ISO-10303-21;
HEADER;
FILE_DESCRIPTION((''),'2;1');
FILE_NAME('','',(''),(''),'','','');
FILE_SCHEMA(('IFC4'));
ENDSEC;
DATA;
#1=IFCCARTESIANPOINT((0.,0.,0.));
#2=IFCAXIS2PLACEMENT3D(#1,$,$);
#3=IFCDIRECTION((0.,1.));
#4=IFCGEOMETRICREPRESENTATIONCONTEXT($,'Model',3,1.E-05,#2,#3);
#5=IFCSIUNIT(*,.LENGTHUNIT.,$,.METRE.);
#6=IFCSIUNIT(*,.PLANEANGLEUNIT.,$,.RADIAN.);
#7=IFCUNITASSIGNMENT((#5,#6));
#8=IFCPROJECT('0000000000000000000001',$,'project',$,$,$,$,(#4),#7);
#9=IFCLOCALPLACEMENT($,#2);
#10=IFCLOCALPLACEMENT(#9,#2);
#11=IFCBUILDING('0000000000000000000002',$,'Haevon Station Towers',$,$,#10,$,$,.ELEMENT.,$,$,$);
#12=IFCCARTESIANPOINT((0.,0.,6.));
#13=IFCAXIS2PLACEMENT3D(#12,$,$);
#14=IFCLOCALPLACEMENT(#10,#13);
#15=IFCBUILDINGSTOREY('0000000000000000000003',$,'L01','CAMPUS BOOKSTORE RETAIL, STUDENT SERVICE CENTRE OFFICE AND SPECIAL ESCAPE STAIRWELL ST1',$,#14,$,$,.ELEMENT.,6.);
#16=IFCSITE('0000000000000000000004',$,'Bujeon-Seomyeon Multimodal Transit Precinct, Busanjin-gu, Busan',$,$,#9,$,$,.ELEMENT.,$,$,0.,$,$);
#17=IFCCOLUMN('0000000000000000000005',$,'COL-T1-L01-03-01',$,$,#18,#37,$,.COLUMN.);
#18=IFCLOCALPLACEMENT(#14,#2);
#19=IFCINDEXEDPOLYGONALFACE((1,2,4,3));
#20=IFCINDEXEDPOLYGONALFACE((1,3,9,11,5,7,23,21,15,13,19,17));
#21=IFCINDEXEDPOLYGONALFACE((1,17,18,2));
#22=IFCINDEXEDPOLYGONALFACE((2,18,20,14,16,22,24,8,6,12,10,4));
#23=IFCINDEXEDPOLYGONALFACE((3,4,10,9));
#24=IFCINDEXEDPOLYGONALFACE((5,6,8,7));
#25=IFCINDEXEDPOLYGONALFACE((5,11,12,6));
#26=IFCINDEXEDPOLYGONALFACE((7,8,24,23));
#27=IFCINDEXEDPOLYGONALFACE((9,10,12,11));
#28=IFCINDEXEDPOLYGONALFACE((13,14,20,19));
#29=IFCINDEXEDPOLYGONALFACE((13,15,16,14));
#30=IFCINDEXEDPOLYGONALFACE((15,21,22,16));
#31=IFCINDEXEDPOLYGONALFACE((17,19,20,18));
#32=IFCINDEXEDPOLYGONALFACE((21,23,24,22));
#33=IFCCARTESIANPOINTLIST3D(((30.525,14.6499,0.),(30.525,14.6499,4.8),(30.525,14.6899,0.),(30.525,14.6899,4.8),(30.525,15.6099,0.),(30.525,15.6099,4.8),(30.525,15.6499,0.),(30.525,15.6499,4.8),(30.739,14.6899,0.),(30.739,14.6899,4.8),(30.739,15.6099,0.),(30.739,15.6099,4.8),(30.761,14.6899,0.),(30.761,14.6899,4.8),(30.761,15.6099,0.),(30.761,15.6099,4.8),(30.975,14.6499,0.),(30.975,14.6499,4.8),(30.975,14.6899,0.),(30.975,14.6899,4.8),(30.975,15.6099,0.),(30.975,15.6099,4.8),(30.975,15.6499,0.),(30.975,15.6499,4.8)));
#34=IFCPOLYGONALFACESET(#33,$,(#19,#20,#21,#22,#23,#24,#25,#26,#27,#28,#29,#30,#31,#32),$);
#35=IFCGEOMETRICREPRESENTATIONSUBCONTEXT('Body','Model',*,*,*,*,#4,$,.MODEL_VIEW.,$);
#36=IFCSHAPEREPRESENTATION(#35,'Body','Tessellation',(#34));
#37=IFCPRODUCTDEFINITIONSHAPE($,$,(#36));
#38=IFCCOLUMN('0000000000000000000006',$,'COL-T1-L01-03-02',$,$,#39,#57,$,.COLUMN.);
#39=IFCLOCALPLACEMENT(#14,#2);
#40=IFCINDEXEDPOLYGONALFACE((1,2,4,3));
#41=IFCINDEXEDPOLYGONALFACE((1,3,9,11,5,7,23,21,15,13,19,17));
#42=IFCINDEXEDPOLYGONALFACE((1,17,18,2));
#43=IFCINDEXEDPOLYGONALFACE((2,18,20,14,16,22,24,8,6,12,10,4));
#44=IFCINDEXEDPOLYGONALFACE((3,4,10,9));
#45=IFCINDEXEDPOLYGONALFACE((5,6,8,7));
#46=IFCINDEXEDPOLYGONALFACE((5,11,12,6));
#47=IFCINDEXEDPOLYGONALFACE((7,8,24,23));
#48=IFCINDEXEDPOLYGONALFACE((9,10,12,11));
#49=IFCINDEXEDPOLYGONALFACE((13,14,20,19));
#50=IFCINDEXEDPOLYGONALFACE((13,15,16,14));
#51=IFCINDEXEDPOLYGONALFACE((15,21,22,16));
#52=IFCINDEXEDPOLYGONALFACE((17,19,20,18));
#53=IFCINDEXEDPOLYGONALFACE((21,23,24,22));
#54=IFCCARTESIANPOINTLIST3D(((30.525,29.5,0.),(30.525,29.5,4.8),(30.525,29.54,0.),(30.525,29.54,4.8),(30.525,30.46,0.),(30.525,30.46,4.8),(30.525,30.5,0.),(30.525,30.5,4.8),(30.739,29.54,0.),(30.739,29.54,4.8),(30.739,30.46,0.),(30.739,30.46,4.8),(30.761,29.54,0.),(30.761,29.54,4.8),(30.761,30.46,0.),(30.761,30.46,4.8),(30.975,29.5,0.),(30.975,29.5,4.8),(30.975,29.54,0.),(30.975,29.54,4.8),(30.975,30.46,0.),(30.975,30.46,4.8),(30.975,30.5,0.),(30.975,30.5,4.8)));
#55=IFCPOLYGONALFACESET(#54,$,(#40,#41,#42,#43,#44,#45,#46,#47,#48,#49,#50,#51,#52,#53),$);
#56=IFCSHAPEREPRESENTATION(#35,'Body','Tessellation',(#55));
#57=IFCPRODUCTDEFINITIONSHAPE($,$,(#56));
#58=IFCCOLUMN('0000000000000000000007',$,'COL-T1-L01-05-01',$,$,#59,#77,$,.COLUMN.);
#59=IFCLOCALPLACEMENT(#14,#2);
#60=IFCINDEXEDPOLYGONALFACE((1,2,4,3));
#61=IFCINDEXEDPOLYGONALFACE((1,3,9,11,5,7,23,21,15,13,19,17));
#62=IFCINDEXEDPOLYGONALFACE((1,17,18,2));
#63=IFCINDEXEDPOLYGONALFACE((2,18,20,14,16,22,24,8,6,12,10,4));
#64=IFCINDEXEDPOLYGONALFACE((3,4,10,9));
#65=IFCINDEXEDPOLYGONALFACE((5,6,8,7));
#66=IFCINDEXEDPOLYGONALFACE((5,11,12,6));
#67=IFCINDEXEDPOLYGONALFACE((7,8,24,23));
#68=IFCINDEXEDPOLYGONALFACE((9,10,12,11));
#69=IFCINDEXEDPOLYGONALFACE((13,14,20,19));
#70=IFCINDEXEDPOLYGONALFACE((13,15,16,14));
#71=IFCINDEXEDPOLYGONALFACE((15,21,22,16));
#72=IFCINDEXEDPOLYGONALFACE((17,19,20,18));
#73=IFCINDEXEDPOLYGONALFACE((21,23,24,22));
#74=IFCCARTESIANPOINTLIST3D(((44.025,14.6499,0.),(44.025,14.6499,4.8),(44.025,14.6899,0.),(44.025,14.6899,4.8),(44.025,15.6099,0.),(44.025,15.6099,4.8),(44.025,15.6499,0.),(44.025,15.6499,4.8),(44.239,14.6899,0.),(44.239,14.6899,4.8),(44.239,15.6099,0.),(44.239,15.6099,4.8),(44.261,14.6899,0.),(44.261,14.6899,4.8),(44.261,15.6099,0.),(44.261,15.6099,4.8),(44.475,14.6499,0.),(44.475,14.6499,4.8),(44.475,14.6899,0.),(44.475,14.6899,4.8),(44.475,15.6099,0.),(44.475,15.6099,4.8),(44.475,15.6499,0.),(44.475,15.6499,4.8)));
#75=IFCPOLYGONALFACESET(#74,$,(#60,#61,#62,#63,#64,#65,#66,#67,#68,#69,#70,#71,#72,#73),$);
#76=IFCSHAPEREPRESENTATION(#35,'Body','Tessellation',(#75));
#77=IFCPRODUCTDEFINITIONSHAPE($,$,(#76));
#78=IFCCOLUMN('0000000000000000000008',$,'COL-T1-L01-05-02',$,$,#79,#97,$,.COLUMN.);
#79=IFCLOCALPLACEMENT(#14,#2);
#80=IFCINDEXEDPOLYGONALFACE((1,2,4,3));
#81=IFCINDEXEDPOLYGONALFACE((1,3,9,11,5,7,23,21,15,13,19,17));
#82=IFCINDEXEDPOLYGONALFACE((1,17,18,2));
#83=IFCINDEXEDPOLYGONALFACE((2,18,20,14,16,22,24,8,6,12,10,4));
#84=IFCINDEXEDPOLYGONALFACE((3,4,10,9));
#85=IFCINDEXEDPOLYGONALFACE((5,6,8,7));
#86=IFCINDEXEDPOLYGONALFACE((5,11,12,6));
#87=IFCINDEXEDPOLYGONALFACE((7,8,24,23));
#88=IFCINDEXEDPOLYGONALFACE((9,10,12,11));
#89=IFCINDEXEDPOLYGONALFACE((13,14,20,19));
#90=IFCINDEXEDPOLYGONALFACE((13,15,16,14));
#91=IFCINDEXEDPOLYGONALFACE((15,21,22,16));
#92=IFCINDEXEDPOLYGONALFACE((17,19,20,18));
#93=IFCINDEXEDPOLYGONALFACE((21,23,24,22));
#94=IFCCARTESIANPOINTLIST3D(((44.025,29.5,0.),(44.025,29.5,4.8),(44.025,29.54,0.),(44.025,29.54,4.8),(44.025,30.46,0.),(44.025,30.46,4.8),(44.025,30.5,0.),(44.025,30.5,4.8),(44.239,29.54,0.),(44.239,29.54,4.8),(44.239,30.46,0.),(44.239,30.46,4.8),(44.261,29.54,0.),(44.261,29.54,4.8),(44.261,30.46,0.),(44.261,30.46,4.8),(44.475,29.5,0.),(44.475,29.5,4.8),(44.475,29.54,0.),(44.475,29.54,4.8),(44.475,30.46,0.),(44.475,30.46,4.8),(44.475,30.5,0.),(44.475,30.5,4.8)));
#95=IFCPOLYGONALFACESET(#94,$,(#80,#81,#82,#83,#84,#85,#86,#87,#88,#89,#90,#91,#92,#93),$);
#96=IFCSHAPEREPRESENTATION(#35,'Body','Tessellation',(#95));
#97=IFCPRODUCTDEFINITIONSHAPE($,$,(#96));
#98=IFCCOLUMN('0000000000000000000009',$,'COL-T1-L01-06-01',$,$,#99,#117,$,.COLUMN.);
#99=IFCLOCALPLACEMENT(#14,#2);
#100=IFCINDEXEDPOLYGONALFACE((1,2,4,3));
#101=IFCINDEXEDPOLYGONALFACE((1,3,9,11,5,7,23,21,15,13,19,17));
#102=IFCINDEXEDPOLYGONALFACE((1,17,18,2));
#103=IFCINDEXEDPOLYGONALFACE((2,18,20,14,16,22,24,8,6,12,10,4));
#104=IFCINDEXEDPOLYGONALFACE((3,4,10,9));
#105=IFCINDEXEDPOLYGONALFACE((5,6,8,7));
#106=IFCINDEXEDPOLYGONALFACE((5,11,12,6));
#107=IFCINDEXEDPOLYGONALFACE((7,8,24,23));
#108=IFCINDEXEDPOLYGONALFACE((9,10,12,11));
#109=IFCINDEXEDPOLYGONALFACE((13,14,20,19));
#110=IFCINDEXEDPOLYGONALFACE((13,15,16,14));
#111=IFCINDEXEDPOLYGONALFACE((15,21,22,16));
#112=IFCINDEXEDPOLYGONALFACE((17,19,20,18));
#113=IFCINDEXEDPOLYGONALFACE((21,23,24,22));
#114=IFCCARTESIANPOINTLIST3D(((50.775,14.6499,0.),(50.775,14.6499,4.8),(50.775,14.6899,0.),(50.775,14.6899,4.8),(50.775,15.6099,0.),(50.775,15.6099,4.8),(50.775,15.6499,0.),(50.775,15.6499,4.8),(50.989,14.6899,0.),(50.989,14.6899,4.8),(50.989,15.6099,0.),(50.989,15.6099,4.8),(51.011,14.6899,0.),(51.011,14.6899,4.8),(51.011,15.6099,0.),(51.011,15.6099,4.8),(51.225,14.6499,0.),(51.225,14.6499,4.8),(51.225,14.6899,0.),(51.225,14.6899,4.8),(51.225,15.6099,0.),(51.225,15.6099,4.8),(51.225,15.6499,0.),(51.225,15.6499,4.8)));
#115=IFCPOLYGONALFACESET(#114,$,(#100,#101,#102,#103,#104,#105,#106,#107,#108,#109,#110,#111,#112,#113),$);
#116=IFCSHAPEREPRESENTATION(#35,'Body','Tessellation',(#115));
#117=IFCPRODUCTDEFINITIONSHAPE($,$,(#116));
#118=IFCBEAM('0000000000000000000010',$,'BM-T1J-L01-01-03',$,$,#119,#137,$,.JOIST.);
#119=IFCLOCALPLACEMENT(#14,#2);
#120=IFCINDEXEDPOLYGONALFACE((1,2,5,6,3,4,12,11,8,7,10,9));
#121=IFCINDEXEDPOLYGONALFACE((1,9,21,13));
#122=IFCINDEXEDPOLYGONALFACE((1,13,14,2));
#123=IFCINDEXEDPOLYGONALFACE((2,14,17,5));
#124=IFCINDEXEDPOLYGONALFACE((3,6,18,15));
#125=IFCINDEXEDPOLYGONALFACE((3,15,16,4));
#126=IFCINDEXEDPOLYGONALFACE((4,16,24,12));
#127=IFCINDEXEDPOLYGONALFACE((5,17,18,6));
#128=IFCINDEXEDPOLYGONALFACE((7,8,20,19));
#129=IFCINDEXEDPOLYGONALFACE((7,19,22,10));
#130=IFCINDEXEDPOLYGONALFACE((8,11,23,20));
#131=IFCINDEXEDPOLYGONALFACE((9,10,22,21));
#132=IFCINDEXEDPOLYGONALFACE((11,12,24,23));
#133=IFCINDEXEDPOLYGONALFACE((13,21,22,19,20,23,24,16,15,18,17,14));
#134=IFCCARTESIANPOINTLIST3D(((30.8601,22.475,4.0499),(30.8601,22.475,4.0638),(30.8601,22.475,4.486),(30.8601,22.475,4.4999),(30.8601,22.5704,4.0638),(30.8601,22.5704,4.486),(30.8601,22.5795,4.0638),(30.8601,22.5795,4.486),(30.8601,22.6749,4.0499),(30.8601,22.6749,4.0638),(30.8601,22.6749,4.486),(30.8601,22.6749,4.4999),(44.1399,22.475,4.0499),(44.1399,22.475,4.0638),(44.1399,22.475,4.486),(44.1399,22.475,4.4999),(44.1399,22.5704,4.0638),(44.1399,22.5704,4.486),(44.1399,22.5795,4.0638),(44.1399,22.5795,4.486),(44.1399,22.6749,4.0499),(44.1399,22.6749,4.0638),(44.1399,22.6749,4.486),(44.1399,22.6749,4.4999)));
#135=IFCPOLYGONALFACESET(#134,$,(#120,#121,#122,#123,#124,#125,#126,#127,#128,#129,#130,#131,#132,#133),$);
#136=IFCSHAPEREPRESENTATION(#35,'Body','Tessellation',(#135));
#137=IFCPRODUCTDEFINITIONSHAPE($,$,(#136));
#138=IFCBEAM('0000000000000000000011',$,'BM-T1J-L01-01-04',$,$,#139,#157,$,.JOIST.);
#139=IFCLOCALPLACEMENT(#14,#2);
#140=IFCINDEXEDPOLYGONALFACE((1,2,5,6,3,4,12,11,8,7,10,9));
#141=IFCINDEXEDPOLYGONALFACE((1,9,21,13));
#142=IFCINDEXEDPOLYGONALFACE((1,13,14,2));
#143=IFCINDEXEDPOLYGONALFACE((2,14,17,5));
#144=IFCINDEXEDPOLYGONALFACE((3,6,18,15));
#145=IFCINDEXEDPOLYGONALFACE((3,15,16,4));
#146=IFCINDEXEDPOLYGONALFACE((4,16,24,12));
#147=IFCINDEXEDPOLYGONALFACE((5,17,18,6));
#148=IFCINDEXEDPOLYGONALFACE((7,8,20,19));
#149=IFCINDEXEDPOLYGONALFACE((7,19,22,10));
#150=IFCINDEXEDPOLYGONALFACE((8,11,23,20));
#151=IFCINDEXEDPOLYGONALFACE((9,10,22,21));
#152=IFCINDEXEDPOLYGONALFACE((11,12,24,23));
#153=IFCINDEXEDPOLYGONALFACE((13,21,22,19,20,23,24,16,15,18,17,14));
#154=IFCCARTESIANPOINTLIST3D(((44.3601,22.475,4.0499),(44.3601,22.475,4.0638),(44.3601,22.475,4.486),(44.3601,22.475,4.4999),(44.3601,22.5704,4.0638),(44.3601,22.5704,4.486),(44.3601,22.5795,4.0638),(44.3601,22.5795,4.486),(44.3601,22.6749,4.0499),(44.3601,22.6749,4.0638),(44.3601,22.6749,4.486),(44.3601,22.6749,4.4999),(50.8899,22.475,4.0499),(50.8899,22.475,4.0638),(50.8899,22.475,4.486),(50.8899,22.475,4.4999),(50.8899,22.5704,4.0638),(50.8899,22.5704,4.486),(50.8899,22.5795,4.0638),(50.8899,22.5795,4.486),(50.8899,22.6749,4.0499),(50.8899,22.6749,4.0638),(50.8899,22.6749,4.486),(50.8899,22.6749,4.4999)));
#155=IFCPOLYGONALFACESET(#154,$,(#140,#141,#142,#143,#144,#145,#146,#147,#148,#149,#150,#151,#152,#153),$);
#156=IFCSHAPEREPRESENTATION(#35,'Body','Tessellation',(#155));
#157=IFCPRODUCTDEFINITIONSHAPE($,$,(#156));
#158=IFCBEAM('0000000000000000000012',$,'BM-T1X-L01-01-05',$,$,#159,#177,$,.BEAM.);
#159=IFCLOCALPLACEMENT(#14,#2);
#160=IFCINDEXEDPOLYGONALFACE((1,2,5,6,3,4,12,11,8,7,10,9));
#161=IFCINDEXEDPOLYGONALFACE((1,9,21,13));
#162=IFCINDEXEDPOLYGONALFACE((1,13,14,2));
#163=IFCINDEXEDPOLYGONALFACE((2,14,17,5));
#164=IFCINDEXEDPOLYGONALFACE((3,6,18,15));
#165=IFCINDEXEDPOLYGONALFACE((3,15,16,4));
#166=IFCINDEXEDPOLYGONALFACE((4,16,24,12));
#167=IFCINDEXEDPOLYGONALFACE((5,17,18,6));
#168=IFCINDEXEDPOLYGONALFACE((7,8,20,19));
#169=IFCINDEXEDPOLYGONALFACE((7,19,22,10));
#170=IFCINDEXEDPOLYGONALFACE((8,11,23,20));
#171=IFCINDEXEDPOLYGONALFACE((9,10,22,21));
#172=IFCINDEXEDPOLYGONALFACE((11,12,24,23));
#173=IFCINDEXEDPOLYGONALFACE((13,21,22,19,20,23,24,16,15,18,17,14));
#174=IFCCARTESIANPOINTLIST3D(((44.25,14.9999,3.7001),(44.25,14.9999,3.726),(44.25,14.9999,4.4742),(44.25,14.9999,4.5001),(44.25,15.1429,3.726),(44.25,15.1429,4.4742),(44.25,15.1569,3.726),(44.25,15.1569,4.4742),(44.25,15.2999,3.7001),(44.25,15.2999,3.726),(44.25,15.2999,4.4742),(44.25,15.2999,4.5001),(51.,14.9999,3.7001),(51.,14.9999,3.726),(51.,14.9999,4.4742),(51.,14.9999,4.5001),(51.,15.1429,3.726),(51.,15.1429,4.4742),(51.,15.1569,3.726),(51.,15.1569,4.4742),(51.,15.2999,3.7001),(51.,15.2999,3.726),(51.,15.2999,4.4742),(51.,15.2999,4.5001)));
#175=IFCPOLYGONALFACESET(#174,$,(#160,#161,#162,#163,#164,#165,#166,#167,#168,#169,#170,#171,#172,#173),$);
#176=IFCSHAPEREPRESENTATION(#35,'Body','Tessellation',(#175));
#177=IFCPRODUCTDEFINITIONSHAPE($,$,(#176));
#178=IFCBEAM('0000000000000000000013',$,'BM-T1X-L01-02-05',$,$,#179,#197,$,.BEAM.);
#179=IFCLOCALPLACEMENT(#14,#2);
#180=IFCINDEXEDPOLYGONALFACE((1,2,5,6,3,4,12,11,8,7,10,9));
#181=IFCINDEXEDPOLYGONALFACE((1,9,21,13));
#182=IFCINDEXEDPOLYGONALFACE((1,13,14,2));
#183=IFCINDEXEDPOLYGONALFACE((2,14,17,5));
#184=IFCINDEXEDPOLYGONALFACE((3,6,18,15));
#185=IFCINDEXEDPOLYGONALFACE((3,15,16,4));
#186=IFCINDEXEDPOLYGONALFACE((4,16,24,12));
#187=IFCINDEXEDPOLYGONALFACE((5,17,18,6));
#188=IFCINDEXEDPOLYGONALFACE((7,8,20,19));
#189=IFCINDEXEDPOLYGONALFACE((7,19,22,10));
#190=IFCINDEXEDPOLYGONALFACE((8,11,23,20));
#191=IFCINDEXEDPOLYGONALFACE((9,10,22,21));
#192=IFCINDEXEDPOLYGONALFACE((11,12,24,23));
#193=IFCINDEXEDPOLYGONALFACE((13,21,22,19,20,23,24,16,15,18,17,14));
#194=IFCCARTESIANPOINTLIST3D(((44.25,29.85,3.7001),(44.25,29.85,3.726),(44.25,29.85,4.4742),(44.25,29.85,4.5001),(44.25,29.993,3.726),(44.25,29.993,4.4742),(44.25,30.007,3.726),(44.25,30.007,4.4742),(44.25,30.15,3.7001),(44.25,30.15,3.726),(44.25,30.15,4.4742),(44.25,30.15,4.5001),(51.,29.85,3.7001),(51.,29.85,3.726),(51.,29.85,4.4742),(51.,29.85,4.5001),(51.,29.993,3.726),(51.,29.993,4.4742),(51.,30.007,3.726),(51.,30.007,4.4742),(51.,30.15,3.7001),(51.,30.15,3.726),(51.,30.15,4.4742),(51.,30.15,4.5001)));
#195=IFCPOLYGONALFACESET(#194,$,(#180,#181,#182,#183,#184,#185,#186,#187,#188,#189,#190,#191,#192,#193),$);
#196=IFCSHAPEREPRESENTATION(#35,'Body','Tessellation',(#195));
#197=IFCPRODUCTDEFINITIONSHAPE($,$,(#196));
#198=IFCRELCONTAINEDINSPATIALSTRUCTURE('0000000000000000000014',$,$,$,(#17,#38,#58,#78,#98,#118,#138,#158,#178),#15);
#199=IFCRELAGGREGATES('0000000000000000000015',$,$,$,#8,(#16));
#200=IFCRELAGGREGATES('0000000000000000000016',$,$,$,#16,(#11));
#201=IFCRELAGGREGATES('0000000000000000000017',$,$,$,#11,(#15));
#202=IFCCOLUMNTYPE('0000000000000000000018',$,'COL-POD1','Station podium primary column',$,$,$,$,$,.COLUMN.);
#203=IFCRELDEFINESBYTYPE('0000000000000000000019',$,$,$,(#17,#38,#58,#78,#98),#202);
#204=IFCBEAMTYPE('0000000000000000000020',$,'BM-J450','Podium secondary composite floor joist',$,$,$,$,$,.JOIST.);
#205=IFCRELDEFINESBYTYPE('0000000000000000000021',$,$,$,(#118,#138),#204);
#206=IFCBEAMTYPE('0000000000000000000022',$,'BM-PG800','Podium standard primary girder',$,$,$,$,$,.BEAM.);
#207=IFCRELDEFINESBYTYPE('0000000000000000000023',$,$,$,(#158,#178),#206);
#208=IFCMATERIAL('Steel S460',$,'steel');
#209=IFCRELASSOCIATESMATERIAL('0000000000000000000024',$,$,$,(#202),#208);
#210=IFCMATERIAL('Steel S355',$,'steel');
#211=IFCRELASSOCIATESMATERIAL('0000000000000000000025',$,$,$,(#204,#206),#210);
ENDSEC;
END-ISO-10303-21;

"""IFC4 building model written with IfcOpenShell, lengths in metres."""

from ifc_helpers import new_model, si_unit, direction, frame, origin, origin_2d, place, context, subcontext, project, spatial, i_section, extrude, material, material_profile, profile_set, type_object, element, save


model = new_model("IFC4")

# Units and contexts
model_context = context("Model", 3, precision=1e-05, world=origin(), true_north=direction((0.0, 1.0)))
body_context = subcontext(model_context, "Body", "Model", "MODEL_VIEW")
ifc_project = project(units=[si_unit("LENGTHUNIT", "METRE"), si_unit("PLANEANGLEUNIT", "RADIAN")], contexts=[model_context])

# Site, building, storey
site_placement = place(None, origin())
site = spatial("IfcSite", under=ifc_project, at=site_placement, Name="Bujeon-Seomyeon Multimodal Transit Precinct, Busanjin-gu, Busan", CompositionType="ELEMENT", RefElevation=0.0)
building_placement = place(site_placement, origin())
building = spatial("IfcBuilding", under=site, at=building_placement, Name="Haevon Station Towers", CompositionType="ELEMENT")
storey_placement = place(building_placement, frame((0.0, 0.0, 6.0)))
storey = spatial("IfcBuildingStorey", under=building, at=storey_placement, Name="L01", Description="CAMPUS BOOKSTORE RETAIL, STUDENT SERVICE CENTRE OFFICE AND SPECIAL ESCAPE STAIRWELL ST1", CompositionType="ELEMENT", Elevation=6.0)

# Columns
ifc_material_1 = material(Name="Steel S460", Category="steel")
ifc_material_profile_1 = material_profile(ifc_material_1, i_section(OverallWidth=0.45, OverallDepth=1.0, WebThickness=0.022, FlangeThickness=0.04, at=origin_2d()), Name="H-1000x450x22x40")
ifc_profile_set_1 = profile_set([ifc_material_profile_1], Name="Steel S460")
column_type = type_object("IfcColumnType", Name="COL-POD1", Description="Station podium primary column", PredefinedType="COLUMN", material=ifc_profile_set_1)
for number, where, z_axis, x_axis, name in (
    (1, (30.75, 15.1499, 0.0), (0.0, 0.0, 1.0), (1.0, 0.0, 0.0), "COL-T1-L01-03-01"),
    (2, (30.75, 30.0, 0.0), (0.0, 0.0, 1.0), (1.0, 0.0, 0.0), "COL-T1-L01-03-02"),
    (3, (44.25, 15.1499, 0.0), (0.0, 0.0, 1.0), (1.0, 0.0, 0.0), "COL-T1-L01-05-01"),
    (4, (44.25, 30.0, 0.0), (0.0, 0.0, 1.0), (1.0, 0.0, 0.0), "COL-T1-L01-05-02"),
    (5, (51.0, 15.1499, 0.0), (0.0, 0.0, 1.0), (1.0, 0.0, 0.0), "COL-T1-L01-06-01"),
):
    element("IfcColumn", number, at=place(storey_placement, frame(where, z_axis=z_axis, x_axis=x_axis)), inside=storey, type_object=column_type, Name=name, PredefinedType="COLUMN", context=body_context, shape_type="SweptSolid", body=[
        extrude(i_section(OverallWidth=0.45, OverallDepth=1.0, WebThickness=0.022, FlangeThickness=0.04, at=origin_2d()), origin(), (0.0, 0.0, 1.0), 4.8),
    ])

# Beams
ifc_material_2 = material(Name="Steel S355", Category="steel")
ifc_material_profile_2 = material_profile(ifc_material_2, i_section(OverallWidth=0.2, OverallDepth=0.45, WebThickness=0.009, FlangeThickness=0.0139, at=origin_2d()), Name="H-450x200x9x14")
ifc_profile_set_2 = profile_set([ifc_material_profile_2], Name="Steel S355")
beam_type_1 = type_object("IfcBeamType", Name="BM-J450", Description="Podium secondary composite floor joist", PredefinedType="JOIST", material=ifc_profile_set_2)
beam_1_placement = place(storey_placement, frame((30.8601, 22.575, 4.2749), z_axis=(1.0, 0.0, 0.0), x_axis=(0.0, 1.0, 0.0)))
element("IfcBeam", 6, at=beam_1_placement, inside=storey, type_object=beam_type_1, Name="BM-T1J-L01-01-03", PredefinedType="JOIST", context=body_context, shape_type="SweptSolid", body=[
    extrude(i_section(OverallWidth=0.2, OverallDepth=0.45, WebThickness=0.009, FlangeThickness=0.0139, at=origin_2d()), origin(), (0.0, 0.0, 1.0), 13.2798),
])
beam_2_placement = place(storey_placement, frame((44.3601, 22.575, 4.2749), z_axis=(1.0, 0.0, 0.0), x_axis=(0.0, 1.0, 0.0)))
element("IfcBeam", 7, at=beam_2_placement, inside=storey, type_object=beam_type_1, Name="BM-T1J-L01-01-04", PredefinedType="JOIST", context=body_context, shape_type="SweptSolid", body=[
    extrude(i_section(OverallWidth=0.2, OverallDepth=0.45, WebThickness=0.009, FlangeThickness=0.0139, at=origin_2d()), origin(), (0.0, 0.0, 1.0), 6.5298),
])
ifc_material_profile_3 = material_profile(ifc_material_2, i_section(OverallWidth=0.3, OverallDepth=0.8, WebThickness=0.0139, FlangeThickness=0.0259, at=origin_2d()), Name="H-800x300x14x26")
ifc_profile_set_3 = profile_set([ifc_material_profile_3], Name="Steel S355")
beam_type_2 = type_object("IfcBeamType", Name="BM-PG800", Description="Podium standard primary girder", PredefinedType="BEAM", material=ifc_profile_set_3)
for number, where, z_axis, x_axis, name in (
    (8, (44.25, 15.1499, 4.1001), (1.0, 0.0, 0.0), (0.0, 1.0, 0.0), "BM-T1X-L01-01-05"),
    (9, (44.25, 30.0, 4.1001), (1.0, 0.0, 0.0), (0.0, 1.0, 0.0), "BM-T1X-L01-02-05"),
):
    element("IfcBeam", number, at=place(storey_placement, frame(where, z_axis=z_axis, x_axis=x_axis)), inside=storey, type_object=beam_type_2, Name=name, PredefinedType="BEAM", context=body_context, shape_type="SweptSolid", body=[
        extrude(i_section(OverallWidth=0.3, OverallDepth=0.8, WebThickness=0.0139, FlangeThickness=0.0259, at=origin_2d()), origin(), (0.0, 0.0, 1.0), 6.75),
    ])

save(model, "model.ifc")
